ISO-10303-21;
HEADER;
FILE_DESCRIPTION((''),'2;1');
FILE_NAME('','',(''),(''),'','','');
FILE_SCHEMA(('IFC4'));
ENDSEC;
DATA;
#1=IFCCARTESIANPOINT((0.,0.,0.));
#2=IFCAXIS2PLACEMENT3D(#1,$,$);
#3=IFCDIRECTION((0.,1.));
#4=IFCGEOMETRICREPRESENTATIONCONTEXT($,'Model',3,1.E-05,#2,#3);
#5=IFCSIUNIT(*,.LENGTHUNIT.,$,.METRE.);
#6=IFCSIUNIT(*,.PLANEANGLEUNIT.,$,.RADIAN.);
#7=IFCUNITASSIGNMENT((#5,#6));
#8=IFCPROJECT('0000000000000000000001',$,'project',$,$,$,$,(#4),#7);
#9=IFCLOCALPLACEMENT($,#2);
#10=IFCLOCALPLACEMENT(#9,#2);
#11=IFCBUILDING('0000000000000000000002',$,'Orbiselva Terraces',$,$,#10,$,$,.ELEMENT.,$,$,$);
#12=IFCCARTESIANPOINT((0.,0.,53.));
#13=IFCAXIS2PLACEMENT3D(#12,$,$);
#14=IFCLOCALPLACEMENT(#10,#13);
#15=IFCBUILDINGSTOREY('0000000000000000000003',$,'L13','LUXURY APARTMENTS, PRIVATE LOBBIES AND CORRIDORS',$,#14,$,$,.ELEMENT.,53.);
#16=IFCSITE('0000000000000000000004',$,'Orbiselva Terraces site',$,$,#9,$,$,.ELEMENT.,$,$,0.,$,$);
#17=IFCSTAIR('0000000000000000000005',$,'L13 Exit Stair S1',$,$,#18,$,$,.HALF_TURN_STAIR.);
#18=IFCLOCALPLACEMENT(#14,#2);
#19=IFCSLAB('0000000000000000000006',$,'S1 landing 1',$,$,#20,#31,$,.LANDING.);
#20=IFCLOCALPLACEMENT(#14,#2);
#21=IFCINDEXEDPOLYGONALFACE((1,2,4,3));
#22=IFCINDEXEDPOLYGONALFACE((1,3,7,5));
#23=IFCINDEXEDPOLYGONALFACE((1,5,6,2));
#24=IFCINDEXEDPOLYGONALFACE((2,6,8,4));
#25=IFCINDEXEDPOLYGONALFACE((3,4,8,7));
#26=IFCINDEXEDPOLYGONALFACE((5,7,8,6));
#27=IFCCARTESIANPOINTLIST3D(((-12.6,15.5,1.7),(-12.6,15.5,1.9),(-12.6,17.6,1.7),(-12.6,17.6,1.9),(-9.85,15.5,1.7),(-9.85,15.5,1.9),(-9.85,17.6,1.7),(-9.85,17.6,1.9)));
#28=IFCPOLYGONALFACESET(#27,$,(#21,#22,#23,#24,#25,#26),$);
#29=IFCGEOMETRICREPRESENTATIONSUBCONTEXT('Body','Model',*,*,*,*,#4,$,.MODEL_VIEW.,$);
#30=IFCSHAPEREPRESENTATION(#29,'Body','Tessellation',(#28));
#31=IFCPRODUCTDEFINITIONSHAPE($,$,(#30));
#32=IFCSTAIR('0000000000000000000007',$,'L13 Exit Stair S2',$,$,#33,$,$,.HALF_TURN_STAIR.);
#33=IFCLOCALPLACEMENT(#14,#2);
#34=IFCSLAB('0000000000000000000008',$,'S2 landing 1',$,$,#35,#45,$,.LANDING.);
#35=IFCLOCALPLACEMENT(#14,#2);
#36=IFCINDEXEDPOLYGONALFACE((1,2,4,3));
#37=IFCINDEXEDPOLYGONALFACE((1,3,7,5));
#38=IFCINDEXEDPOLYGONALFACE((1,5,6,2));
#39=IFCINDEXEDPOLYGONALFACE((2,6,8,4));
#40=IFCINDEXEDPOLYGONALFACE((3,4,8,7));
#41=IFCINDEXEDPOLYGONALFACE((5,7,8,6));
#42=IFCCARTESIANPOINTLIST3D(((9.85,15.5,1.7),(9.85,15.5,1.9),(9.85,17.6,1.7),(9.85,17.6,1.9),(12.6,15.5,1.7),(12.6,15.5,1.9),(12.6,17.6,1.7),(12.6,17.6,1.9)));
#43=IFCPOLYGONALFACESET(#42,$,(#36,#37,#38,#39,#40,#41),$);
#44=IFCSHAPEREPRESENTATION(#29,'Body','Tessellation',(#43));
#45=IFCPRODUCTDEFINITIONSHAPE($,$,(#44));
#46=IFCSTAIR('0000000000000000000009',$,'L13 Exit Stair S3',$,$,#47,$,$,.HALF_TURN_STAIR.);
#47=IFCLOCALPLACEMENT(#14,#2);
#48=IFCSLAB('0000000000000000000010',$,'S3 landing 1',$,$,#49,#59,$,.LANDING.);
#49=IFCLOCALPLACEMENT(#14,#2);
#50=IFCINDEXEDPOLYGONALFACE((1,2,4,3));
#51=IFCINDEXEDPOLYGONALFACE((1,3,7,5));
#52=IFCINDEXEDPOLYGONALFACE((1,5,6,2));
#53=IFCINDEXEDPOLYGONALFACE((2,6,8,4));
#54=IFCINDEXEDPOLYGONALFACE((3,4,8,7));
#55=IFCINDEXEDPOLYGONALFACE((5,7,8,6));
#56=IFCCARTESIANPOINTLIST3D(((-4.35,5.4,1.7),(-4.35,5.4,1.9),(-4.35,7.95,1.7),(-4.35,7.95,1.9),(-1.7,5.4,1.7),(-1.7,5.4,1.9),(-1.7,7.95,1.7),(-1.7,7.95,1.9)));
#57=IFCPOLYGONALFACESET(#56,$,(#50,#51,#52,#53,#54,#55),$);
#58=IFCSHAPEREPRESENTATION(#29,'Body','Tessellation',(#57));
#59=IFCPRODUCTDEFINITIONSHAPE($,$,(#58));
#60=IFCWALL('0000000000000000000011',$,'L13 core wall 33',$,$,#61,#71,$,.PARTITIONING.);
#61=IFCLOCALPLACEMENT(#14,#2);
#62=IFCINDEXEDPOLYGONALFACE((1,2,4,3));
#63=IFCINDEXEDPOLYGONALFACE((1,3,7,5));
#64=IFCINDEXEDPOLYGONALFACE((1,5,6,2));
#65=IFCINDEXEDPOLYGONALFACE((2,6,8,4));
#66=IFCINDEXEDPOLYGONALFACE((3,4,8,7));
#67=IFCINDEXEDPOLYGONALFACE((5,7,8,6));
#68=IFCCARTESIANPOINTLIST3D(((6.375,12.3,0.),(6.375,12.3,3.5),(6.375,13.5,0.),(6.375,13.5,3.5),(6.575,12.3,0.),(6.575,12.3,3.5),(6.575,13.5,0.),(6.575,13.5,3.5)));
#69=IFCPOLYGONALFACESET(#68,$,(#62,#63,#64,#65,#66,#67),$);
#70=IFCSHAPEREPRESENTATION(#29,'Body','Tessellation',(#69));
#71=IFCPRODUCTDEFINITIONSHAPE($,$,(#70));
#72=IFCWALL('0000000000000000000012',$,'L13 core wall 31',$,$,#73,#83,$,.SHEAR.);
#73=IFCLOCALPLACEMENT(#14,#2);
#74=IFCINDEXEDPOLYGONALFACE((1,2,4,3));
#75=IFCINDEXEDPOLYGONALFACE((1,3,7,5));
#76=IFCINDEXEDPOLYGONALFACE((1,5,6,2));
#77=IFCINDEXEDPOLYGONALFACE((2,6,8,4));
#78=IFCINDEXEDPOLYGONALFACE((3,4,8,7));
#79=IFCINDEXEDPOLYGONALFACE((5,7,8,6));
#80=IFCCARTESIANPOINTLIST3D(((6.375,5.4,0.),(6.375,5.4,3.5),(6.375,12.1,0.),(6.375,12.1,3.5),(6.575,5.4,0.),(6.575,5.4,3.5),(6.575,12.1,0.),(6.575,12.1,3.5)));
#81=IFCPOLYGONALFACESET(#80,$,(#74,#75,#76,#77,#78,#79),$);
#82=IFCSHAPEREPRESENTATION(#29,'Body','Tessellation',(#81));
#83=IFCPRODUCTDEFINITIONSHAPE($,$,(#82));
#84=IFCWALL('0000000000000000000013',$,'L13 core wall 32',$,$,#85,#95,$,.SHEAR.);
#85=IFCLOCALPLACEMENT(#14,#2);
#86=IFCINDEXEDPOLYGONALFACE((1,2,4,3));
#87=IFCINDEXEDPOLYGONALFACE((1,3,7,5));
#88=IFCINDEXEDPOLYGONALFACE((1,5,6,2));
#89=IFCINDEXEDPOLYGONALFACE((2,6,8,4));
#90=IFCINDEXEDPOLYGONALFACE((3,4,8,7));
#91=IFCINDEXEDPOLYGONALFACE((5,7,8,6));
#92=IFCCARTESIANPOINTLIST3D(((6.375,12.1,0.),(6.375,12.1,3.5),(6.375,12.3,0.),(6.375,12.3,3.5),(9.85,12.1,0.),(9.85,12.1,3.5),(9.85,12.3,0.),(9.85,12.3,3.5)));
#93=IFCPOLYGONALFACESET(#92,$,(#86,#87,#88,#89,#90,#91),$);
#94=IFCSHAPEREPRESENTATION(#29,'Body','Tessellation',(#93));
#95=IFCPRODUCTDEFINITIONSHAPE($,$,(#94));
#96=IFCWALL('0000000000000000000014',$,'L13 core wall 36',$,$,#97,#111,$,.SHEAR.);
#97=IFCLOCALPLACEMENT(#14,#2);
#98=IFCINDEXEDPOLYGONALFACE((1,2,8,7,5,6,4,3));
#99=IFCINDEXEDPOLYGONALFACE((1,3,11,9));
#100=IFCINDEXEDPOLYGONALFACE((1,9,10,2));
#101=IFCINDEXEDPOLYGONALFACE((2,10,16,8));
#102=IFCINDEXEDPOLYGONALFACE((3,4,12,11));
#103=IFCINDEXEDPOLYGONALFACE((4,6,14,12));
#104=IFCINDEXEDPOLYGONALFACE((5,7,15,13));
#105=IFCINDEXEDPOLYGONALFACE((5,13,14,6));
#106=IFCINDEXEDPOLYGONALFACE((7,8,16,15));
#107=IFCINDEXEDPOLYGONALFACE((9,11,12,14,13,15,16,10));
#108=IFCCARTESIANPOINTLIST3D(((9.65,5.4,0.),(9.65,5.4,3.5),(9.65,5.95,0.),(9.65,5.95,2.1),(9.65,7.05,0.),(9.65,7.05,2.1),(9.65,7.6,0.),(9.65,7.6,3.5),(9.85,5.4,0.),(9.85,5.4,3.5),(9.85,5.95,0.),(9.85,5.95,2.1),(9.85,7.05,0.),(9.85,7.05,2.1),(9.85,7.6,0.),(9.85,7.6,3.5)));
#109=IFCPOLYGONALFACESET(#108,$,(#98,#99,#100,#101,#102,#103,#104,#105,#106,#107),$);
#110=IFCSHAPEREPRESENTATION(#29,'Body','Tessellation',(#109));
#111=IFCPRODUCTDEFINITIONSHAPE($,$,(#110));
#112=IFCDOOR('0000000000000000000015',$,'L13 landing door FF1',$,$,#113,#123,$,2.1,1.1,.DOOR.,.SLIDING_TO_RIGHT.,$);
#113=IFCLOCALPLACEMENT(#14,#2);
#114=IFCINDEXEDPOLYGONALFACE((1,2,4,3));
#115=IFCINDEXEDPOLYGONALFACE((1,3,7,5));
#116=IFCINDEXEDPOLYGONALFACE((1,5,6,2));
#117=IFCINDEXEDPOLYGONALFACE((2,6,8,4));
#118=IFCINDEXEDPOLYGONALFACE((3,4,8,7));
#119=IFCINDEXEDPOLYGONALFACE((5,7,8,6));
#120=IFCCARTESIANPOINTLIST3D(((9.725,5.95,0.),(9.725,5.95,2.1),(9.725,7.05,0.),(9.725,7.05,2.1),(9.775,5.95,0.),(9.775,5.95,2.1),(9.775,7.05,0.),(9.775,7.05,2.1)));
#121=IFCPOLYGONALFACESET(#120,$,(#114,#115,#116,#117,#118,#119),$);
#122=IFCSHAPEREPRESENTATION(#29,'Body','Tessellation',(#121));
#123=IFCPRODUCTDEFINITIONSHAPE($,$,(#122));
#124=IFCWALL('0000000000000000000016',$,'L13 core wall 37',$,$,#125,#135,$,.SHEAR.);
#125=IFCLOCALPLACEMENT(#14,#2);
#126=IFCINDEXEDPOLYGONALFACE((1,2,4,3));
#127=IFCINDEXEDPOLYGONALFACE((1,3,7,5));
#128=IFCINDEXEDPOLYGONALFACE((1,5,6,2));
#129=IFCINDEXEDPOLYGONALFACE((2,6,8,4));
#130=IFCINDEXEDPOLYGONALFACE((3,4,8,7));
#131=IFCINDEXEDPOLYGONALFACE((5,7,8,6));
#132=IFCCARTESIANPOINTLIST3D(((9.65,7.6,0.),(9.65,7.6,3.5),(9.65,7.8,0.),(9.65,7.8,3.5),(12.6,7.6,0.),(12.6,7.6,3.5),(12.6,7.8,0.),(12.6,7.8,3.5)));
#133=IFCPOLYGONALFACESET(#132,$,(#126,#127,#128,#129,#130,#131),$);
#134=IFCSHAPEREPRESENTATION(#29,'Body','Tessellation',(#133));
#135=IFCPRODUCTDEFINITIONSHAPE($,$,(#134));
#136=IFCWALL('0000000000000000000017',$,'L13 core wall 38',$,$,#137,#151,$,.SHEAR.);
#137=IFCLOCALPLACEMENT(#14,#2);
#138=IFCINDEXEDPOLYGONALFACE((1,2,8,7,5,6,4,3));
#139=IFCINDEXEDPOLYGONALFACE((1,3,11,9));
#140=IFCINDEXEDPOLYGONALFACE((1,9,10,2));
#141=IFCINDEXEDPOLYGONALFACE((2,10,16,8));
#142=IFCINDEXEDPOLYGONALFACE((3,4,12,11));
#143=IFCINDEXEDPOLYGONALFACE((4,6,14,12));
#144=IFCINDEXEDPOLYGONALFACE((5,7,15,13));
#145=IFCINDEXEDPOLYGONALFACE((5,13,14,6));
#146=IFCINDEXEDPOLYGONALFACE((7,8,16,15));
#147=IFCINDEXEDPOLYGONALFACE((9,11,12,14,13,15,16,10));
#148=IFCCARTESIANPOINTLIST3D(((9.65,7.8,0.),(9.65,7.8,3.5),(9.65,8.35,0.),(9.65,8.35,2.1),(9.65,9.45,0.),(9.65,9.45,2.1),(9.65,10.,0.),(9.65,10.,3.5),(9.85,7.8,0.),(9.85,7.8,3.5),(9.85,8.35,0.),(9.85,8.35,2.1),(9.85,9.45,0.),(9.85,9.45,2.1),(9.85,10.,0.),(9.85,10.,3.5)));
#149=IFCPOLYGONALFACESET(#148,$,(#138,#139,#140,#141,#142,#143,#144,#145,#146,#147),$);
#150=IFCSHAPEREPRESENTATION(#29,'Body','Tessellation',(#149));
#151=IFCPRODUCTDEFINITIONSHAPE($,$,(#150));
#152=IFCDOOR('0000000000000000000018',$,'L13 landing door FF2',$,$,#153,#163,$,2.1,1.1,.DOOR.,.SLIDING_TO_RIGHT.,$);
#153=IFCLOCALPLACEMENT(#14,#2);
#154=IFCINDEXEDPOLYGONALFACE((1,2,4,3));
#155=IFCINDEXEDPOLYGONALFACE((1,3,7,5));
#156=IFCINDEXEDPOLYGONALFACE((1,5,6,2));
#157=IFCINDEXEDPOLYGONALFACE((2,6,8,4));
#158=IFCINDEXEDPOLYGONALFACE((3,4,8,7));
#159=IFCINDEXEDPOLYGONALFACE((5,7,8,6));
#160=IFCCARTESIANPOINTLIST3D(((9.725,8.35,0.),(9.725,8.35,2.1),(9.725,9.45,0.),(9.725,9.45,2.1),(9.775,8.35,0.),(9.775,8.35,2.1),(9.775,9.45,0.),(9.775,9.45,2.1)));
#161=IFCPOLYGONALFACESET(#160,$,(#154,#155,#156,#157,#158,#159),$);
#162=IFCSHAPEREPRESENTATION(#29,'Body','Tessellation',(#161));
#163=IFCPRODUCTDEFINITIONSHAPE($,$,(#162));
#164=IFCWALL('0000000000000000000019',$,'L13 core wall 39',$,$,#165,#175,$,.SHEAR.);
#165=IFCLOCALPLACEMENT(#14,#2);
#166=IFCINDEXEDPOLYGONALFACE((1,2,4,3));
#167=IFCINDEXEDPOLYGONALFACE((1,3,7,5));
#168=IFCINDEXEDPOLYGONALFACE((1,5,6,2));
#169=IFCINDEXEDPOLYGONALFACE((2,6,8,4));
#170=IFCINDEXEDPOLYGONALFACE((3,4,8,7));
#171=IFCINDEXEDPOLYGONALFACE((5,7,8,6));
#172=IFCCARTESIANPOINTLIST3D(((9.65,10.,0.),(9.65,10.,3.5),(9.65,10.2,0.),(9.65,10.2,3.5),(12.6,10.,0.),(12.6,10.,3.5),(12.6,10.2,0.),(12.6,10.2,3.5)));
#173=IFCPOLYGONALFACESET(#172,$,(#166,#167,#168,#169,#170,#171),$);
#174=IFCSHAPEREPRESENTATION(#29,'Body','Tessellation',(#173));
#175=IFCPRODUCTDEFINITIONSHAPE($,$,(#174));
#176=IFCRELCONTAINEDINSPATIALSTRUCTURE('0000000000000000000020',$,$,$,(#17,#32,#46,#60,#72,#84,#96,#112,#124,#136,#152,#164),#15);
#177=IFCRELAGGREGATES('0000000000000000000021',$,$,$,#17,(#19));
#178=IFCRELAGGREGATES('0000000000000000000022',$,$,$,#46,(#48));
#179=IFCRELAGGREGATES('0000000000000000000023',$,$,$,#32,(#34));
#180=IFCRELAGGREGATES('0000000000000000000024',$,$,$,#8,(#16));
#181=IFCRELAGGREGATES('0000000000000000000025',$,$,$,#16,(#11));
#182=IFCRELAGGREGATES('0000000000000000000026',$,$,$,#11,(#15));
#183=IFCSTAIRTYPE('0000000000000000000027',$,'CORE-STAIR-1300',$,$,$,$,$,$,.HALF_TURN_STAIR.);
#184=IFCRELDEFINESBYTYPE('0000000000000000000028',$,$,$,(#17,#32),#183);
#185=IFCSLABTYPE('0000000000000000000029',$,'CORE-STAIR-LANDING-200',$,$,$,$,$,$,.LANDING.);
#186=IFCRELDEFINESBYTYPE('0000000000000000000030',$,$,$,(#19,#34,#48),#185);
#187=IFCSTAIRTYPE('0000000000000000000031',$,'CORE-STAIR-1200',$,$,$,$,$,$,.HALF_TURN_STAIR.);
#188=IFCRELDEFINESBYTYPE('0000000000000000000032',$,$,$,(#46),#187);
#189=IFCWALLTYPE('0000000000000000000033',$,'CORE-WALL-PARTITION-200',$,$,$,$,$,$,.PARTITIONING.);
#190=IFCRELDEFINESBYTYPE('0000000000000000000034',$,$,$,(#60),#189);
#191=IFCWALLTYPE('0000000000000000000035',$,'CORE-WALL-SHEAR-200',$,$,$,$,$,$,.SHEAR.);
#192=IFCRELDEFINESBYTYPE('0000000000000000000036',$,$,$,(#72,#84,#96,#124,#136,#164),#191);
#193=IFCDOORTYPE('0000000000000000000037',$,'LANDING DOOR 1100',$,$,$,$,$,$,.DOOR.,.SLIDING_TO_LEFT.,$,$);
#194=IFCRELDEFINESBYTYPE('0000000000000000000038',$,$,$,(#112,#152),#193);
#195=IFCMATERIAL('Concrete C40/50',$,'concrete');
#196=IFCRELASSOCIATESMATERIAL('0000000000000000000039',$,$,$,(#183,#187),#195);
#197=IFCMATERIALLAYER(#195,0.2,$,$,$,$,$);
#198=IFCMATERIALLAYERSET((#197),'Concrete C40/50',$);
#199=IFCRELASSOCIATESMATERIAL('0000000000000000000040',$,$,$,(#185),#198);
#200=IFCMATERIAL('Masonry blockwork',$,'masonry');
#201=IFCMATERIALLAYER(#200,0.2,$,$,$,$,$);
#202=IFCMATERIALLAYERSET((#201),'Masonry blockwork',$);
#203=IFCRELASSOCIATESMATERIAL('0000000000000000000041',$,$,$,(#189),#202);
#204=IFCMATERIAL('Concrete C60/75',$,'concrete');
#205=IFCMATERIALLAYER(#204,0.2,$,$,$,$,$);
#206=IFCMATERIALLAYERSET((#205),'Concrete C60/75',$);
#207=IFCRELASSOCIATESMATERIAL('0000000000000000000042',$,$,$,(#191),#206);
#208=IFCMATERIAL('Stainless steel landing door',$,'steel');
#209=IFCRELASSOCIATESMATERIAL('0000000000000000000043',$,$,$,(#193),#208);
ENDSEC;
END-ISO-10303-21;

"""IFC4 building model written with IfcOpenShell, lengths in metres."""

from ifc_helpers import new_model, si_unit, direction, frame, frame_2d, origin, place, context, subcontext, project, spatial, polyline, rectangle, outline, extrude, material, layer, layer_set, type_object, element, fill, aggregate, save


model = new_model("IFC4")

# Units and contexts
model_context = context("Model", 3, precision=1e-05, world=origin(), true_north=direction((0.0, 1.0)))
body_context = subcontext(model_context, "Body", "Model", "MODEL_VIEW")
ifc_project = project(units=[si_unit("LENGTHUNIT", "METRE"), si_unit("PLANEANGLEUNIT", "RADIAN")], contexts=[model_context])

# Site, building, storey
site_placement = place(None, origin())
site = spatial("IfcSite", under=ifc_project, at=site_placement, Name="Orbiselva Terraces site", CompositionType="ELEMENT", RefElevation=0.0)
building_placement = place(site_placement, origin())
building = spatial("IfcBuilding", under=site, at=building_placement, Name="Orbiselva Terraces", CompositionType="ELEMENT")
storey_placement = place(building_placement, frame((0.0, 0.0, 53.0)))
storey = spatial("IfcBuildingStorey", under=building, at=storey_placement, Name="L13", Description="LUXURY APARTMENTS, PRIVATE LOBBIES AND CORRIDORS", CompositionType="ELEMENT", Elevation=53.0)

# Stairs, slabs
ifc_material_1 = material(Name="Concrete C40/50", Category="concrete")
stair_type_1 = type_object("IfcStairType", Name="CORE-STAIR-1300", PredefinedType="HALF_TURN_STAIR", material=ifc_material_1)
stair_1_placement = place(storey_placement, origin())
stair_1 = element("IfcStair", 1, at=stair_1_placement, inside=storey, type_object=stair_type_1, Name="L13 Exit Stair S1", PredefinedType="HALF_TURN_STAIR")
ifc_layer_1 = layer(ifc_material_1, 0.2)
ifc_layer_set_1 = layer_set([ifc_layer_1], Name="Concrete C40/50")
slab_type = type_object("IfcSlabType", Name="CORE-STAIR-LANDING-200", PredefinedType="LANDING", material=ifc_layer_set_1)
slab_1_placement = place(storey_placement, frame((0.0, 0.0, 1.7)))
slab_1 = element("IfcSlab", 2, at=slab_1_placement, type_object=slab_type, Name="S1 landing 1", PredefinedType="LANDING", context=body_context, shape_type="SweptSolid", body=[
    extrude(outline(polyline([(-9.85, 15.5), (-9.85, 17.6), (-12.6, 17.6), (-12.6, 15.5), (-9.85, 15.5)])), origin(), (0.0, 0.0, 1.0), 0.2),
])
aggregate(stair_1, [slab_1])
stair_2_placement = place(storey_placement, origin())
stair_2 = element("IfcStair", 3, at=stair_2_placement, inside=storey, type_object=stair_type_1, Name="L13 Exit Stair S2", PredefinedType="HALF_TURN_STAIR")
slab_2_placement = place(storey_placement, frame((0.0, 0.0, 1.7)))
slab_2 = element("IfcSlab", 4, at=slab_2_placement, type_object=slab_type, Name="S2 landing 1", PredefinedType="LANDING", context=body_context, shape_type="SweptSolid", body=[
    extrude(outline(polyline([(12.6, 15.5), (12.6, 17.6), (9.85, 17.6), (9.85, 15.5), (12.6, 15.5)])), origin(), (0.0, 0.0, 1.0), 0.2),
])
stair_type_2 = type_object("IfcStairType", Name="CORE-STAIR-1200", PredefinedType="HALF_TURN_STAIR", material=ifc_material_1)
stair_3_placement = place(storey_placement, origin())
stair_3 = element("IfcStair", 5, at=stair_3_placement, inside=storey, type_object=stair_type_2, Name="L13 Exit Stair S3", PredefinedType="HALF_TURN_STAIR")
slab_3_placement = place(storey_placement, frame((0.0, 0.0, 1.7)))
slab_3 = element("IfcSlab", 6, at=slab_3_placement, type_object=slab_type, Name="S3 landing 1", PredefinedType="LANDING", context=body_context, shape_type="SweptSolid", body=[
    extrude(outline(polyline([(-4.35, 5.4), (-1.7, 5.4), (-1.7, 7.95), (-4.35, 7.95), (-4.35, 5.4)])), origin(), (0.0, 0.0, 1.0), 0.2),
])
aggregate(stair_3, [slab_3])

# Walls
ifc_material_2 = material(Name="Masonry blockwork", Category="masonry")
ifc_layer_2 = layer(ifc_material_2, 0.2)
ifc_layer_set_2 = layer_set([ifc_layer_2], Name="Masonry blockwork")
wall_type_1 = type_object("IfcWallType", Name="CORE-WALL-PARTITION-200", PredefinedType="PARTITIONING", material=ifc_layer_set_2)
wall_1_placement = place(storey_placement, frame((6.475, 12.3, 0.0), z_axis=(0.0, 0.0, 1.0), x_axis=(0.0, 1.0, 0.0)))
element("IfcWall", 7, at=wall_1_placement, inside=storey, type_object=wall_type_1, Name="L13 core wall 33", PredefinedType="PARTITIONING", context=body_context, shape_type="SweptSolid", body=[
    extrude(rectangle(XDim=1.2, YDim=0.2, at=frame_2d((0.6, 0.0))), origin(), (0.0, 0.0, 1.0), 3.5),
])
ifc_material_3 = material(Name="Concrete C60/75", Category="concrete")
ifc_layer_3 = layer(ifc_material_3, 0.2)
ifc_layer_set_3 = layer_set([ifc_layer_3], Name="Concrete C60/75")
wall_type_2 = type_object("IfcWallType", Name="CORE-WALL-SHEAR-200", PredefinedType="SHEAR", material=ifc_layer_set_3)
wall_2_placement = place(storey_placement, frame((6.475, 5.4, 0.0), z_axis=(0.0, 0.0, 1.0), x_axis=(0.0, 1.0, 0.0)))
element("IfcWall", 8, at=wall_2_placement, inside=storey, type_object=wall_type_2, Name="L13 core wall 31", PredefinedType="SHEAR", context=body_context, shape_type="SweptSolid", body=[
    extrude(rectangle(XDim=6.7, YDim=0.2, at=frame_2d((3.35, 0.0))), origin(), (0.0, 0.0, 1.0), 3.5),
])
wall_3_placement = place(storey_placement, frame((6.375, 12.2, 0.0), z_axis=(0.0, 0.0, 1.0), x_axis=(1.0, 0.0, 0.0)))
element("IfcWall", 9, at=wall_3_placement, inside=storey, type_object=wall_type_2, Name="L13 core wall 32", PredefinedType="SHEAR", context=body_context, shape_type="SweptSolid", body=[
    extrude(rectangle(XDim=3.475, YDim=0.2, at=frame_2d((1.7375, 0.0))), origin(), (0.0, 0.0, 1.0), 3.5),
])

# Wall, opening, door
wall_4_placement = place(storey_placement, frame((9.75, 5.4, 0.0), z_axis=(0.0, 0.0, 1.0), x_axis=(0.0, 1.0, 0.0)))
wall_4 = element("IfcWall", 10, at=wall_4_placement, inside=storey, type_object=wall_type_2, Name="L13 core wall 36", PredefinedType="SHEAR", context=body_context, shape_type="SweptSolid", body=[
    extrude(rectangle(XDim=2.2, YDim=0.2, at=frame_2d((1.1, 0.0))), origin(), (0.0, 0.0, 1.0), 3.5),
])
opening_1_placement = place(wall_4_placement, frame((0.55, 0.0, 0.0)))
opening_1 = element("IfcOpeningElement", 11, at=opening_1_placement, cuts=wall_4, PredefinedType="OPENING", context=body_context, shape_type="SweptSolid", body=[
    extrude(rectangle(XDim=1.1, YDim=2.1, at=frame_2d((0.55, 1.05))), frame((0.0, 0.11, 0.0), z_axis=(0.0, -1.0, 0.0), x_axis=(1.0, 0.0, 0.0)), (0.0, 0.0, 1.0), 0.22),
])
ifc_material_4 = material(Name="Stainless steel landing door", Category="steel")
door_type_1 = type_object("IfcDoorType", Name="LANDING DOOR 1100", OperationType="SLIDING_TO_LEFT", PredefinedType="DOOR", material=ifc_material_4)
door_1_placement = place(opening_1_placement, origin())
door_1 = element("IfcDoor", 12, at=door_1_placement, inside=storey, type_object=door_type_1, Name="L13 landing door FF1", OperationType="SLIDING_TO_RIGHT", OverallHeight=2.1, OverallWidth=1.1, PredefinedType="DOOR", context=body_context, shape_type="SweptSolid", body=[
    extrude(rectangle(XDim=1.1, YDim=2.1, at=frame_2d((0.55, 1.05))), frame((0.0, 0.025, 0.0), z_axis=(0.0, -1.0, 0.0), x_axis=(1.0, 0.0, 0.0)), (0.0, 0.0, 1.0), 0.05),
])
fill(opening_1, door_1)

# Wall
wall_5_placement = place(storey_placement, frame((9.65, 7.7, 0.0), z_axis=(0.0, 0.0, 1.0), x_axis=(1.0, 0.0, 0.0)))
element("IfcWall", 13, at=wall_5_placement, inside=storey, type_object=wall_type_2, Name="L13 core wall 37", PredefinedType="SHEAR", context=body_context, shape_type="SweptSolid", body=[
    extrude(rectangle(XDim=2.95, YDim=0.2, at=frame_2d((1.475, 0.0))), origin(), (0.0, 0.0, 1.0), 3.5),
])

# Wall, opening, door
wall_6_placement = place(storey_placement, frame((9.75, 7.8, 0.0), z_axis=(0.0, 0.0, 1.0), x_axis=(0.0, 1.0, 0.0)))
wall_6 = element("IfcWall", 14, at=wall_6_placement, inside=storey, type_object=wall_type_2, Name="L13 core wall 38", PredefinedType="SHEAR", context=body_context, shape_type="SweptSolid", body=[
    extrude(rectangle(XDim=2.2, YDim=0.2, at=frame_2d((1.1, 0.0))), origin(), (0.0, 0.0, 1.0), 3.5),
])
opening_2_placement = place(wall_6_placement, frame((0.55, 0.0, 0.0)))
opening_2 = element("IfcOpeningElement", 15, at=opening_2_placement, cuts=wall_6, PredefinedType="OPENING", context=body_context, shape_type="SweptSolid", body=[
    extrude(rectangle(XDim=1.1, YDim=2.1, at=frame_2d((0.55, 1.05))), frame((0.0, 0.11, 0.0), z_axis=(0.0, -1.0, 0.0), x_axis=(1.0, 0.0, 0.0)), (0.0, 0.0, 1.0), 0.22),
])
door_2_placement = place(opening_2_placement, origin())
door_2 = element("IfcDoor", 16, at=door_2_placement, inside=storey, type_object=door_type_1, Name="L13 landing door FF2", OperationType="SLIDING_TO_RIGHT", OverallHeight=2.1, OverallWidth=1.1, PredefinedType="DOOR", context=body_context, shape_type="SweptSolid", body=[
    extrude(rectangle(XDim=1.1, YDim=2.1, at=frame_2d((0.55, 1.05))), frame((0.0, 0.025, 0.0), z_axis=(0.0, -1.0, 0.0), x_axis=(1.0, 0.0, 0.0)), (0.0, 0.0, 1.0), 0.05),
])
fill(opening_2, door_2)

# Wall
wall_7_placement = place(storey_placement, frame((9.65, 10.1, 0.0), z_axis=(0.0, 0.0, 1.0), x_axis=(1.0, 0.0, 0.0)))
element("IfcWall", 17, at=wall_7_placement, inside=storey, type_object=wall_type_2, Name="L13 core wall 39", PredefinedType="SHEAR", context=body_context, shape_type="SweptSolid", body=[
    extrude(rectangle(XDim=2.95, YDim=0.2, at=frame_2d((1.475, 0.0))), origin(), (0.0, 0.0, 1.0), 3.5),
])

aggregate(stair_2, [slab_2])

save(model, "model.ifc")
